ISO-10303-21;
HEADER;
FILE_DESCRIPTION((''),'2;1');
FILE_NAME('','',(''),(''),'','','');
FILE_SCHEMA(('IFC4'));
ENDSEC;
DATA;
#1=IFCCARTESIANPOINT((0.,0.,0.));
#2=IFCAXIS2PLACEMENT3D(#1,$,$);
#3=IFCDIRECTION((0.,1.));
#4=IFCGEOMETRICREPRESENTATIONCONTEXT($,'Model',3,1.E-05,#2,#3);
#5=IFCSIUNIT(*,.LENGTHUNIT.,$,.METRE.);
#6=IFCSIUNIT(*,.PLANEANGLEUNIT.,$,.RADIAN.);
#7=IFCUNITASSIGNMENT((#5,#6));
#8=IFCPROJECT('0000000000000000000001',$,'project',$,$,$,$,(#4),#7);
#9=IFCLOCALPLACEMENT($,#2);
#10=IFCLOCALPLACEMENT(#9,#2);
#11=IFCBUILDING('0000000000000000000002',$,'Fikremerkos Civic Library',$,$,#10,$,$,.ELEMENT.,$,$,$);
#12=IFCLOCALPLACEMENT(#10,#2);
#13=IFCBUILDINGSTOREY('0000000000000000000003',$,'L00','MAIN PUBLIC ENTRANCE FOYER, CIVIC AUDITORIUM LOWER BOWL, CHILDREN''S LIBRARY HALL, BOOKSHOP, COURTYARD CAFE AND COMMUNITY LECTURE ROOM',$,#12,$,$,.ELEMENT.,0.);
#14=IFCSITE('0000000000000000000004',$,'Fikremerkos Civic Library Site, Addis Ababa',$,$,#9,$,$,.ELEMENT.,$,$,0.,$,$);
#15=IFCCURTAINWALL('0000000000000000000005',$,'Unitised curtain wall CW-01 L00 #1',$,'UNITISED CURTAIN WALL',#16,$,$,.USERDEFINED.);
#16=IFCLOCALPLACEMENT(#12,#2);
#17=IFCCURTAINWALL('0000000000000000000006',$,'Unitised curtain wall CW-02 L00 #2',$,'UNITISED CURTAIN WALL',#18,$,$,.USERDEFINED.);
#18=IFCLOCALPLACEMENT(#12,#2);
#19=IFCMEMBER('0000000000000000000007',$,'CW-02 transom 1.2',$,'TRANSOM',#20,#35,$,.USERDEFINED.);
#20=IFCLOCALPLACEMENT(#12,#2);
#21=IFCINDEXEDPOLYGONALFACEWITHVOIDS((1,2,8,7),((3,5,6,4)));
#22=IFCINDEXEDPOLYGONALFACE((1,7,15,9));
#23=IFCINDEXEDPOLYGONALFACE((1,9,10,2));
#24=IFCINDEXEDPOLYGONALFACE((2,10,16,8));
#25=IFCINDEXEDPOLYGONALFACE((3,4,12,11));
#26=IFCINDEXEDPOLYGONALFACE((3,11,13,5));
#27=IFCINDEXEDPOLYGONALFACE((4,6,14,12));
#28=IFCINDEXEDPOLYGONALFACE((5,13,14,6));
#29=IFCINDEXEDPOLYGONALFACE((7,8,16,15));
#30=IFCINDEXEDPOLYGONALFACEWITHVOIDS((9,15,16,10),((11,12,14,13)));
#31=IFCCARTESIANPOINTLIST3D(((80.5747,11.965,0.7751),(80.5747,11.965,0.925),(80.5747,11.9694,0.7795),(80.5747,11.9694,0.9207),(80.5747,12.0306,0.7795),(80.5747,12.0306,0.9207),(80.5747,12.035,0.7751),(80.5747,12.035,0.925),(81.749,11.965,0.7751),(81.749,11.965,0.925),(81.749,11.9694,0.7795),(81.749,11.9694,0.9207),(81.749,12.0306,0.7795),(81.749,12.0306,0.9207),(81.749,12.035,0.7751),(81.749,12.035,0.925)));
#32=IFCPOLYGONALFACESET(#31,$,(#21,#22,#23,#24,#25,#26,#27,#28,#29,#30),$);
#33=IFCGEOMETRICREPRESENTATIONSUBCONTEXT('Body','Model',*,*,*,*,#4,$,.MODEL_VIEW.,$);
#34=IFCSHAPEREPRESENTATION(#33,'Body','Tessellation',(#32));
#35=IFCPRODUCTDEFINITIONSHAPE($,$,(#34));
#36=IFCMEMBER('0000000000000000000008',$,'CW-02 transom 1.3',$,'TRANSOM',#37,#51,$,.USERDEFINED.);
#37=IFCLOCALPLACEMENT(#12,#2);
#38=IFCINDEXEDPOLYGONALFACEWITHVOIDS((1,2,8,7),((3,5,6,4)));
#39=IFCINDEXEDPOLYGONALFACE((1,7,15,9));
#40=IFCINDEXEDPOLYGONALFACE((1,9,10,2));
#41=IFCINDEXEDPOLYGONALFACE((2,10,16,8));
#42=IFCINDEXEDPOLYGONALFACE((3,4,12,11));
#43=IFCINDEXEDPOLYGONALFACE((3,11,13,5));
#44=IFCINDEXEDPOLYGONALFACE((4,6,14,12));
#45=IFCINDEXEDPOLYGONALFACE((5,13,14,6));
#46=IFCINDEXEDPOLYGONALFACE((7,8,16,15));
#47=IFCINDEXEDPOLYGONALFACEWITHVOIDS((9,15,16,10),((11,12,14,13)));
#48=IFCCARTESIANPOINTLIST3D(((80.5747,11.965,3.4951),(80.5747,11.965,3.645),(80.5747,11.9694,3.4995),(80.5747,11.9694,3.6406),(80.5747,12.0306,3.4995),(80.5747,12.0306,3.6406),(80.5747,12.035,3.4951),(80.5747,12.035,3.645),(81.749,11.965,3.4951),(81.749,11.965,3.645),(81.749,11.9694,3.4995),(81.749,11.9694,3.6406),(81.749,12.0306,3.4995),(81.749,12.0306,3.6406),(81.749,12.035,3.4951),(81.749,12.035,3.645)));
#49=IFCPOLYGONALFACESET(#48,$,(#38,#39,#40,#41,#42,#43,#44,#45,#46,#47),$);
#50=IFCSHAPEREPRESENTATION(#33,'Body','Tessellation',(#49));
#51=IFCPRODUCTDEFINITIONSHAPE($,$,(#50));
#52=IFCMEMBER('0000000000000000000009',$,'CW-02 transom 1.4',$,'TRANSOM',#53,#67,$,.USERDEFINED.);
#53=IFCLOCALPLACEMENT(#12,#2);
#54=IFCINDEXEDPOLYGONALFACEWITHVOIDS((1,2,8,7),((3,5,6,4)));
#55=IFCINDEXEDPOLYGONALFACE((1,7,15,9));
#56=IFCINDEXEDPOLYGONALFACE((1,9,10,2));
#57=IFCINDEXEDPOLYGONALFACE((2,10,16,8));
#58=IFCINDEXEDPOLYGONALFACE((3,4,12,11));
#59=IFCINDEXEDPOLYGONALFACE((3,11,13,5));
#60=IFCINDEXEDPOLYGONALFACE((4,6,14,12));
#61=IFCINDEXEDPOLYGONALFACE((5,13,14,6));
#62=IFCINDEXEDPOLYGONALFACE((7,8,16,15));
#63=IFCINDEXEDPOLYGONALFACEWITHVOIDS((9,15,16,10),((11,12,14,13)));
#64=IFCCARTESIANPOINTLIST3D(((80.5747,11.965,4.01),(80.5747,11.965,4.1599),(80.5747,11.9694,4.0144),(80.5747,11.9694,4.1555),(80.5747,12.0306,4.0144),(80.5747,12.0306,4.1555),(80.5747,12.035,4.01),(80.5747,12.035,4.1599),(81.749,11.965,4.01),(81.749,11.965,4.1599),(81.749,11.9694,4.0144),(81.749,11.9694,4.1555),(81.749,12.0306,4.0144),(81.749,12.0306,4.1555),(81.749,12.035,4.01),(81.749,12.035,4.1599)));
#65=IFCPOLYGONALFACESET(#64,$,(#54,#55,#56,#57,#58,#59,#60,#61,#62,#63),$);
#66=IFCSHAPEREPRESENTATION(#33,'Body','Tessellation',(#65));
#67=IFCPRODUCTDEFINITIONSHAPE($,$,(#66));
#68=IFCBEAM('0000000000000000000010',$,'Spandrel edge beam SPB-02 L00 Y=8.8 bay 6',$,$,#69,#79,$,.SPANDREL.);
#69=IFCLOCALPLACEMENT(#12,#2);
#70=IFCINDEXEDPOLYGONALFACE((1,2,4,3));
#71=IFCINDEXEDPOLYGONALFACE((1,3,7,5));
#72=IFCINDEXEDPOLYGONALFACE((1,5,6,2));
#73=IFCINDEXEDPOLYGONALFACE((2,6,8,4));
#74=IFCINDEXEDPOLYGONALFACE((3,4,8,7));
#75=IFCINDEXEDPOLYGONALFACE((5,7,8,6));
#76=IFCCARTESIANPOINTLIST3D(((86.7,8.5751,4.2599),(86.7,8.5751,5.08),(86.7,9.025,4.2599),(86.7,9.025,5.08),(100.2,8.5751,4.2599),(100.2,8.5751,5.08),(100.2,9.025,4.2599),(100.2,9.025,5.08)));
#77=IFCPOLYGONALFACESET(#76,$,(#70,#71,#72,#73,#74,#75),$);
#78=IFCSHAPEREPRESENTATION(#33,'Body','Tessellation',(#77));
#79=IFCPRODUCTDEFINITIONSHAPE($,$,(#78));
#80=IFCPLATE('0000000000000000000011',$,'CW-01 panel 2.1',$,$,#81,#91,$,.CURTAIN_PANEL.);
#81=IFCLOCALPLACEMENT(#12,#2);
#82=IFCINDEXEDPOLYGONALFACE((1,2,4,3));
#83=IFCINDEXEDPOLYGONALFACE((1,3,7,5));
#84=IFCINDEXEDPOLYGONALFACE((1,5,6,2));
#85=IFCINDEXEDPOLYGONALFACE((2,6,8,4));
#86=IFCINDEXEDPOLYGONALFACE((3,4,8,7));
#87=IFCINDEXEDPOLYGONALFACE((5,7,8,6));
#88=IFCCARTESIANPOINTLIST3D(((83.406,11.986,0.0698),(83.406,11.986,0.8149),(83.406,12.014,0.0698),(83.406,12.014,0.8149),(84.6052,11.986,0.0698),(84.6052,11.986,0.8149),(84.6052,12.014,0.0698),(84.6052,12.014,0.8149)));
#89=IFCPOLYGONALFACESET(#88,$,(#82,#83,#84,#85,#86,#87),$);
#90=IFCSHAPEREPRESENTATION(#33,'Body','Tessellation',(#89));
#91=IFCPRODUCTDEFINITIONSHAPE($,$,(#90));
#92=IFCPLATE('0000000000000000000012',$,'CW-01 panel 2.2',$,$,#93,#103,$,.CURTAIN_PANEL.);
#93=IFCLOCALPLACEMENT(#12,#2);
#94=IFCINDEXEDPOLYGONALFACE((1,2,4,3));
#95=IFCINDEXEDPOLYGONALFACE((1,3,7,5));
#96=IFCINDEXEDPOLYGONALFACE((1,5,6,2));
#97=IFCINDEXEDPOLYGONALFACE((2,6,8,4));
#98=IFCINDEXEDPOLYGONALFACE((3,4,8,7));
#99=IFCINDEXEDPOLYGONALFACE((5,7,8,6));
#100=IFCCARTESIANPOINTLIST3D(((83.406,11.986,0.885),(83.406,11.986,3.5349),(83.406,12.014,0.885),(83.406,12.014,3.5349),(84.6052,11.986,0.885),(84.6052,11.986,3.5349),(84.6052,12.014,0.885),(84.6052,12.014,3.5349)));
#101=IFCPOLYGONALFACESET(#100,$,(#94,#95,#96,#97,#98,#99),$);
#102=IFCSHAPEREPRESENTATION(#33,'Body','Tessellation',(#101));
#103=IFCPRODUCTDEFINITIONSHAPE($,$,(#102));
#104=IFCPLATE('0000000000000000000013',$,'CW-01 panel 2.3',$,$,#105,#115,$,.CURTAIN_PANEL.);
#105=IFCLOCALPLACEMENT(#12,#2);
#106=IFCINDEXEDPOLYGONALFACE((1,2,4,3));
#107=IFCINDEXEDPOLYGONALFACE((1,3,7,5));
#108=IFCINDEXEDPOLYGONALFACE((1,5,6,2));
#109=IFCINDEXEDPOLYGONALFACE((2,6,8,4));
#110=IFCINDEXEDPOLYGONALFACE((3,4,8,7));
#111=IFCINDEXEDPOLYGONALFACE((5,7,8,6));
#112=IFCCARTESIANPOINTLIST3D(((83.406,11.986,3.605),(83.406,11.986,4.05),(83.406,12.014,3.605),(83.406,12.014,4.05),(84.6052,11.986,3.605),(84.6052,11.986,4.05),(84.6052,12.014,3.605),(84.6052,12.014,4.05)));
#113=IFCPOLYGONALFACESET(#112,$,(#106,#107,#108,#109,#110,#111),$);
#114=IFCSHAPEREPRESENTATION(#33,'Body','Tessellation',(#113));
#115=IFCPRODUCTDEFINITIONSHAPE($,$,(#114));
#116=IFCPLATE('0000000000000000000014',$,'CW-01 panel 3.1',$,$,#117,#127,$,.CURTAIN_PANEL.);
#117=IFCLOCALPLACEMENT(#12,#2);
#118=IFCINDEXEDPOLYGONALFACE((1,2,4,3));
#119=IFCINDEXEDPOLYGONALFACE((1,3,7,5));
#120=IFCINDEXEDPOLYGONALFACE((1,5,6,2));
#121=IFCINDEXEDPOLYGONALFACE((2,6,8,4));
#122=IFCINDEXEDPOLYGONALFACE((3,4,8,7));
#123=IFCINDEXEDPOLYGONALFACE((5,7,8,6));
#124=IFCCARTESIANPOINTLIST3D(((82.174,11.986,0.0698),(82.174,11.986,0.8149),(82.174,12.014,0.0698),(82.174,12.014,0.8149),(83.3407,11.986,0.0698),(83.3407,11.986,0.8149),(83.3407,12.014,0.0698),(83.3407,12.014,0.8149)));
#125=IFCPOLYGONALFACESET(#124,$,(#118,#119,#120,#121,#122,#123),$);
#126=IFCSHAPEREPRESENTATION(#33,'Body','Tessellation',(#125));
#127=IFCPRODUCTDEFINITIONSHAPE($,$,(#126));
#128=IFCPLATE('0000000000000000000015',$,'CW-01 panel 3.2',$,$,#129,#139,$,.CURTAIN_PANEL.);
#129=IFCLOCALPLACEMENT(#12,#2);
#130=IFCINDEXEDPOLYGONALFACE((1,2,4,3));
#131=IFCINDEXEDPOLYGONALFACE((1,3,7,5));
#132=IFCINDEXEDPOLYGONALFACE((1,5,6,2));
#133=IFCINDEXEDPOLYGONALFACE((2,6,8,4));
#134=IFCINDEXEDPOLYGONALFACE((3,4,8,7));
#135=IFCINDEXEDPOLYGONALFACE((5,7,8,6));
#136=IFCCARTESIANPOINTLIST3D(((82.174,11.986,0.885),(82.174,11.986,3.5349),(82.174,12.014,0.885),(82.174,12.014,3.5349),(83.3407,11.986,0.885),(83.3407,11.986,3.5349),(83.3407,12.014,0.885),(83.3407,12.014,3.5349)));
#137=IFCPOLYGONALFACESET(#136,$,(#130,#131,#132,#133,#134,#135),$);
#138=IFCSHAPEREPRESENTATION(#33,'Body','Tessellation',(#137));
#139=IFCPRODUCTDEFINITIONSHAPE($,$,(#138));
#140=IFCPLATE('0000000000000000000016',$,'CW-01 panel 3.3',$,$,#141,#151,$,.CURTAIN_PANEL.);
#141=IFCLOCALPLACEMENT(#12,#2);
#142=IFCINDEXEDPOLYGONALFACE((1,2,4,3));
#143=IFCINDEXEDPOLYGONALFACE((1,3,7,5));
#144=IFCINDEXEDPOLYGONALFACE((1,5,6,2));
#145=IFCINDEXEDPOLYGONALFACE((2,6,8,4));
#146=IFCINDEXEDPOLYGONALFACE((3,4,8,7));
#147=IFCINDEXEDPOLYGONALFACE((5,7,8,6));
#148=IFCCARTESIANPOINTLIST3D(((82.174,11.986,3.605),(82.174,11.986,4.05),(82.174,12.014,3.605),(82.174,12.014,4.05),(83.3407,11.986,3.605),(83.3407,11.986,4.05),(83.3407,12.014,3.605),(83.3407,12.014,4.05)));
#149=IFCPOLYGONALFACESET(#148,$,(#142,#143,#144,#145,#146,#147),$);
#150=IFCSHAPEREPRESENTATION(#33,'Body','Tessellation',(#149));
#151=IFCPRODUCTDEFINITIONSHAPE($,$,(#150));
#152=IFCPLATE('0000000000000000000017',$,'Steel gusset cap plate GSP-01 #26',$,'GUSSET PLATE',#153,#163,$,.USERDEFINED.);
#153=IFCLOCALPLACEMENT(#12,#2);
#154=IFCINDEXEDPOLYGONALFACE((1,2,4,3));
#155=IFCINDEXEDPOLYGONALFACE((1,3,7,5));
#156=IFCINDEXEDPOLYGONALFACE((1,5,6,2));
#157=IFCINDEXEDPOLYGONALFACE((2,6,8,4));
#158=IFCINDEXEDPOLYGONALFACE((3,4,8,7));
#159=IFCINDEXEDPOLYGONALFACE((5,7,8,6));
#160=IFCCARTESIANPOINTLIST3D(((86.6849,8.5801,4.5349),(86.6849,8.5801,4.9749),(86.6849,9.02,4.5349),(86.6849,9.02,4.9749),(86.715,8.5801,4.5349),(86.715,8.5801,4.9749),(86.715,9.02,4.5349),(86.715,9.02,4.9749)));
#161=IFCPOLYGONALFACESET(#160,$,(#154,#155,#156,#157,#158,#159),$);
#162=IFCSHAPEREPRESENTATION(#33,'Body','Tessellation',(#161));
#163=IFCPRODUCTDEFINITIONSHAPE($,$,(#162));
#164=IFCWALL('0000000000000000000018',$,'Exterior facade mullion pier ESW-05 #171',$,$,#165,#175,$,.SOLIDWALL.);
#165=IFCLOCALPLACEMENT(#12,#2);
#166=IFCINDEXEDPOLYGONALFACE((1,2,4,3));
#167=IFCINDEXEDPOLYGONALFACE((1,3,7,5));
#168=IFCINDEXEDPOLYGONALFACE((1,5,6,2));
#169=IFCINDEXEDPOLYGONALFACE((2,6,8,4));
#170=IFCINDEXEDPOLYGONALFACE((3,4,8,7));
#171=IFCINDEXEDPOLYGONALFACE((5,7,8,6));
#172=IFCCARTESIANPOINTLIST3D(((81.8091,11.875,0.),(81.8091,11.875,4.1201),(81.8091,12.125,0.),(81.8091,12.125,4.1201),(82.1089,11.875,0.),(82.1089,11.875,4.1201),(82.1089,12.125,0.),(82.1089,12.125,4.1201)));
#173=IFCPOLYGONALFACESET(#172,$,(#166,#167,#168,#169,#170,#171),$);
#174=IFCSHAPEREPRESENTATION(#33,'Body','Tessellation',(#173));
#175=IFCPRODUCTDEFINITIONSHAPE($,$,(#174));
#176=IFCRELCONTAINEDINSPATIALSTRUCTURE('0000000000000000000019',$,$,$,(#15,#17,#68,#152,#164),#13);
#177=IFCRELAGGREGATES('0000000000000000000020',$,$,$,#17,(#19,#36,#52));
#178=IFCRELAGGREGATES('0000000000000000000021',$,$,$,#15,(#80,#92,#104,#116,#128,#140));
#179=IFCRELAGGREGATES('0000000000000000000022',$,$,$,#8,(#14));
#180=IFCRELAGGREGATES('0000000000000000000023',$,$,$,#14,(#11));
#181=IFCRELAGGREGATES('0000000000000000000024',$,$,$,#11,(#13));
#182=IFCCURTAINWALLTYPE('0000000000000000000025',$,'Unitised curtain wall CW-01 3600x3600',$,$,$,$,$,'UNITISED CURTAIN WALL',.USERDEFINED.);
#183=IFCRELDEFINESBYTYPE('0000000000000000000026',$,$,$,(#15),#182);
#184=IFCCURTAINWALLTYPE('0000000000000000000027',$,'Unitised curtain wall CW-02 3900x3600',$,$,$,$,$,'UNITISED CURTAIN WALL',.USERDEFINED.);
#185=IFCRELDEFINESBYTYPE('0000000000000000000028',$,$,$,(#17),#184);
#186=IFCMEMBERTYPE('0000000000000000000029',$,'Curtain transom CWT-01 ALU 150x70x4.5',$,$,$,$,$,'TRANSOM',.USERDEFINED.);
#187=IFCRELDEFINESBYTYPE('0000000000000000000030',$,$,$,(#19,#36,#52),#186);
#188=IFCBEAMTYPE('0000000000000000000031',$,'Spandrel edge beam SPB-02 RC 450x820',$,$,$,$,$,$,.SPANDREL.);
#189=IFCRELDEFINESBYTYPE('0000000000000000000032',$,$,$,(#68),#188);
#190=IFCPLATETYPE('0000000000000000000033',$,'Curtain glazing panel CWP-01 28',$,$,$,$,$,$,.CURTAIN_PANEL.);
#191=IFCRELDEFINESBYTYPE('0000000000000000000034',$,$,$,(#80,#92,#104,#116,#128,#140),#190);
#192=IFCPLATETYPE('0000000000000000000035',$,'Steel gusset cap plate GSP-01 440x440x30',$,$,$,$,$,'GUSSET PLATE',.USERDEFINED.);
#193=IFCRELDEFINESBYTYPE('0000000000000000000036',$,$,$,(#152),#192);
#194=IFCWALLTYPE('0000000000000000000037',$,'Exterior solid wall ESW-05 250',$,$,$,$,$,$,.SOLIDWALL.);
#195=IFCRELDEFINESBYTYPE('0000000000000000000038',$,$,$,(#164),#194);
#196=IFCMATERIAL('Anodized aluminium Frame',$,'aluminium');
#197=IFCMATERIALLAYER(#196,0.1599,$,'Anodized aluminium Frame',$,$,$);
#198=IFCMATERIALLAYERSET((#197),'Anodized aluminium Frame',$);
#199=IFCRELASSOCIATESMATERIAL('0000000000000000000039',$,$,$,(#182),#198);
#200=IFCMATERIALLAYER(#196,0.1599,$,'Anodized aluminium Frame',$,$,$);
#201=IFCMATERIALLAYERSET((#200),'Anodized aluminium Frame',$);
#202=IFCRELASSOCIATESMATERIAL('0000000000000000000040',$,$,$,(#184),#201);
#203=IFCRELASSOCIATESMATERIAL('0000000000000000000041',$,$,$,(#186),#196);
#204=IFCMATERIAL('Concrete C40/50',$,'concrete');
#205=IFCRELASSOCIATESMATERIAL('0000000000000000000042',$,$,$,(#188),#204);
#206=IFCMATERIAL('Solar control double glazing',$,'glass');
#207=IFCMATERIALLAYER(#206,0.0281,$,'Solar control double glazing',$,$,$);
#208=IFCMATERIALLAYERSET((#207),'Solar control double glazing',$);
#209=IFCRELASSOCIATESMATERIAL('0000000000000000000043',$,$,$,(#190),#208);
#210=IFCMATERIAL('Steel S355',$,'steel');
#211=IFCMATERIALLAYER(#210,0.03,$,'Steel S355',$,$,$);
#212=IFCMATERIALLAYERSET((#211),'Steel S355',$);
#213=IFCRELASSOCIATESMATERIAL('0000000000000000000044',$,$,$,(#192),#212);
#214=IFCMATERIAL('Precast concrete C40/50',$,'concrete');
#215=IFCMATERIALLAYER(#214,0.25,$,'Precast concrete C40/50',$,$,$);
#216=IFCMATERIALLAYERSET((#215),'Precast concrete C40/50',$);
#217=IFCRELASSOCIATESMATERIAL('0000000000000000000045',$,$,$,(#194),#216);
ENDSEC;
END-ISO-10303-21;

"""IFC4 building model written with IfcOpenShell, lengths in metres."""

from ifc_helpers import new_model, si_unit, direction, frame, frame_2d, origin, origin_2d, place, context, subcontext, project, spatial, rectangle, hollow_rectangle, extrude, material, layer, layer_set, material_profile, profile_set, type_object, element, aggregate, save


model = new_model("IFC4")

# Units and contexts
model_context = context("Model", 3, precision=1e-05, world=origin(), true_north=direction((0.0, 1.0)))
body_context = subcontext(model_context, "Body", "Model", "MODEL_VIEW")
ifc_project = project(units=[si_unit("LENGTHUNIT", "METRE"), si_unit("PLANEANGLEUNIT", "RADIAN")], contexts=[model_context])

# Site, building, storey
site_placement = place(None, origin())
site = spatial("IfcSite", under=ifc_project, at=site_placement, Name="Fikremerkos Civic Library Site, Addis Ababa", CompositionType="ELEMENT", RefElevation=0.0)
building_placement = place(site_placement, origin())
building = spatial("IfcBuilding", under=site, at=building_placement, Name="Fikremerkos Civic Library", CompositionType="ELEMENT")
storey_placement = place(building_placement, origin())
storey = spatial("IfcBuildingStorey", under=building, at=storey_placement, Name="L00", Description="MAIN PUBLIC ENTRANCE FOYER, CIVIC AUDITORIUM LOWER BOWL, CHILDREN'S LIBRARY HALL, BOOKSHOP, COURTYARD CAFE AND COMMUNITY LECTURE ROOM", CompositionType="ELEMENT", Elevation=0.0)

# Curtain wall
ifc_material_1 = material(Name="Anodized aluminium Frame", Category="aluminium")
ifc_layer_1 = layer(ifc_material_1, 0.1599, Name="Anodized aluminium Frame")
ifc_layer_set_1 = layer_set([ifc_layer_1], Name="Anodized aluminium Frame")
curtain_wall_type_1 = type_object("IfcCurtainWallType", Name="Unitised curtain wall CW-01 3600x3600", ElementType="UNITISED CURTAIN WALL", PredefinedType="USERDEFINED", material=ifc_layer_set_1)
curtain_wall_1_placement = place(storey_placement, origin())
curtain_wall_1 = element("IfcCurtainWall", 1, at=curtain_wall_1_placement, inside=storey, type_object=curtain_wall_type_1, Name="Unitised curtain wall CW-01 L00 #1", ObjectType="UNITISED CURTAIN WALL", PredefinedType="USERDEFINED")

# Curtain wall
ifc_layer_2 = layer(ifc_material_1, 0.1599, Name="Anodized aluminium Frame")
ifc_layer_set_2 = layer_set([ifc_layer_2], Name="Anodized aluminium Frame")
curtain_wall_type_2 = type_object("IfcCurtainWallType", Name="Unitised curtain wall CW-02 3900x3600", ElementType="UNITISED CURTAIN WALL", PredefinedType="USERDEFINED", material=ifc_layer_set_2)
curtain_wall_2_placement = place(storey_placement, origin())
curtain_wall_2 = element("IfcCurtainWall", 2, at=curtain_wall_2_placement, inside=storey, type_object=curtain_wall_type_2, Name="Unitised curtain wall CW-02 L00 #2", ObjectType="UNITISED CURTAIN WALL", PredefinedType="USERDEFINED")

# Members
ifc_material_profile_1 = material_profile(ifc_material_1, hollow_rectangle(XDim=0.0701, YDim=0.1499, WallThickness=0.0044, at=origin_2d()), Name="ALU 150x70x4.5")
ifc_profile_set_1 = profile_set([ifc_material_profile_1], Name="Anodized aluminium Frame")
member_type_1 = type_object("IfcMemberType", Name="Curtain transom CWT-01 ALU 150x70x4.5", ElementType="TRANSOM", PredefinedType="USERDEFINED", material=ifc_profile_set_1)
member_1_placement = place(storey_placement, frame((81.749, 12.0, 0.8501), z_axis=(-1.0, 0.0, 0.0), x_axis=(0.0, -1.0, 0.0)))
member_1 = element("IfcMember", 3, at=member_1_placement, type_object=member_type_1, Name="CW-02 transom 1.2", ObjectType="TRANSOM", PredefinedType="USERDEFINED", context=body_context, shape_type="SweptSolid", body=[
    extrude(hollow_rectangle(XDim=0.0701, YDim=0.1499, WallThickness=0.0044, at=origin_2d()), origin(), (0.0, 0.0, 1.0), 1.1743),
])
member_2_placement = place(storey_placement, frame((81.749, 12.0, 3.5701), z_axis=(-1.0, 0.0, 0.0), x_axis=(0.0, -1.0, 0.0)))
member_2 = element("IfcMember", 4, at=member_2_placement, type_object=member_type_1, Name="CW-02 transom 1.3", ObjectType="TRANSOM", PredefinedType="USERDEFINED", context=body_context, shape_type="SweptSolid", body=[
    extrude(hollow_rectangle(XDim=0.0701, YDim=0.1499, WallThickness=0.0044, at=origin_2d()), origin(), (0.0, 0.0, 1.0), 1.1743),
])
member_3_placement = place(storey_placement, frame((81.749, 12.0, 4.085), z_axis=(-1.0, 0.0, 0.0), x_axis=(0.0, -1.0, 0.0)))
member_3 = element("IfcMember", 5, at=member_3_placement, type_object=member_type_1, Name="CW-02 transom 1.4", ObjectType="TRANSOM", PredefinedType="USERDEFINED", context=body_context, shape_type="SweptSolid", body=[
    extrude(hollow_rectangle(XDim=0.0701, YDim=0.1499, WallThickness=0.0044, at=origin_2d()), origin(), (0.0, 0.0, 1.0), 1.1743),
])
aggregate(curtain_wall_2, [member_1, member_2, member_3])

# Beam
ifc_material_2 = material(Name="Concrete C40/50", Category="concrete")
ifc_material_profile_2 = material_profile(ifc_material_2, rectangle(XDim=0.45, YDim=0.8201, at=origin_2d()), Name="RC 450x820")
ifc_profile_set_2 = profile_set([ifc_material_profile_2], Name="Concrete C40/50")
beam_type = type_object("IfcBeamType", Name="Spandrel edge beam SPB-02 RC 450x820", PredefinedType="SPANDREL", material=ifc_profile_set_2)
beam_placement = place(storey_placement, frame((86.7, 8.8, 4.6699), z_axis=(1.0, 0.0, 0.0), x_axis=(0.0, 1.0, 0.0)))
element("IfcBeam", 6, at=beam_placement, inside=storey, type_object=beam_type, Name="Spandrel edge beam SPB-02 L00 Y=8.8 bay 6", PredefinedType="SPANDREL", context=body_context, shape_type="SweptSolid", body=[
    extrude(rectangle(XDim=0.45, YDim=0.8201, at=origin_2d()), origin(), (0.0, 0.0, 1.0), 13.5),
])

# Plates
ifc_material_3 = material(Name="Solar control double glazing", Category="glass")
ifc_layer_3 = layer(ifc_material_3, 0.0281, Name="Solar control double glazing")
ifc_layer_set_3 = layer_set([ifc_layer_3], Name="Solar control double glazing")
plate_type_1 = type_object("IfcPlateType", Name="Curtain glazing panel CWP-01 28", PredefinedType="CURTAIN_PANEL", material=ifc_layer_set_3)
plate_1_placement = place(storey_placement, frame((84.0056, 12.0, 0.0698), z_axis=(0.0, 0.0, 1.0), x_axis=(-1.0, 0.0, 0.0)))
plate_1 = element("IfcPlate", 7, at=plate_1_placement, type_object=plate_type_1, Name="CW-01 panel 2.1", PredefinedType="CURTAIN_PANEL", context=body_context, shape_type="SweptSolid", body=[
    extrude(rectangle(XDim=1.1992, YDim=0.0281, at=origin_2d()), origin(), (0.0, 0.0, 1.0), 0.7451),
])
plate_2_placement = place(storey_placement, frame((84.0056, 12.0, 0.885), z_axis=(0.0, 0.0, 1.0), x_axis=(-1.0, 0.0, 0.0)))
plate_2 = element("IfcPlate", 8, at=plate_2_placement, type_object=plate_type_1, Name="CW-01 panel 2.2", PredefinedType="CURTAIN_PANEL", context=body_context, shape_type="SweptSolid", body=[
    extrude(rectangle(XDim=1.1992, YDim=0.0281, at=origin_2d()), origin(), (0.0, 0.0, 1.0), 2.6499),
])
plate_3_placement = place(storey_placement, frame((84.0056, 12.0, 3.605), z_axis=(0.0, 0.0, 1.0), x_axis=(-1.0, 0.0, 0.0)))
plate_3 = element("IfcPlate", 9, at=plate_3_placement, type_object=plate_type_1, Name="CW-01 panel 2.3", PredefinedType="CURTAIN_PANEL", context=body_context, shape_type="SweptSolid", body=[
    extrude(rectangle(XDim=1.1992, YDim=0.0281, at=origin_2d()), origin(), (0.0, 0.0, 1.0), 0.4451),
])
plate_4_placement = place(storey_placement, frame((82.7573, 12.0, 0.0698), z_axis=(0.0, 0.0, 1.0), x_axis=(-1.0, 0.0, 0.0)))
plate_4 = element("IfcPlate", 10, at=plate_4_placement, type_object=plate_type_1, Name="CW-01 panel 3.1", PredefinedType="CURTAIN_PANEL", context=body_context, shape_type="SweptSolid", body=[
    extrude(rectangle(XDim=1.1667, YDim=0.0281, at=origin_2d()), origin(), (0.0, 0.0, 1.0), 0.7451),
])
plate_5_placement = place(storey_placement, frame((82.7573, 12.0, 0.885), z_axis=(0.0, 0.0, 1.0), x_axis=(-1.0, 0.0, 0.0)))
plate_5 = element("IfcPlate", 11, at=plate_5_placement, type_object=plate_type_1, Name="CW-01 panel 3.2", PredefinedType="CURTAIN_PANEL", context=body_context, shape_type="SweptSolid", body=[
    extrude(rectangle(XDim=1.1667, YDim=0.0281, at=origin_2d()), origin(), (0.0, 0.0, 1.0), 2.6499),
])
plate_6_placement = place(storey_placement, frame((82.7573, 12.0, 3.605), z_axis=(0.0, 0.0, 1.0), x_axis=(-1.0, 0.0, 0.0)))
plate_6 = element("IfcPlate", 12, at=plate_6_placement, type_object=plate_type_1, Name="CW-01 panel 3.3", PredefinedType="CURTAIN_PANEL", context=body_context, shape_type="SweptSolid", body=[
    extrude(rectangle(XDim=1.1667, YDim=0.0281, at=origin_2d()), origin(), (0.0, 0.0, 1.0), 0.4451),
])
aggregate(curtain_wall_1, [plate_1, plate_2, plate_3, plate_4, plate_5, plate_6])
ifc_material_4 = material(Name="Steel S355", Category="steel")
ifc_layer_4 = layer(ifc_material_4, 0.03, Name="Steel S355")
ifc_layer_set_4 = layer_set([ifc_layer_4], Name="Steel S355")
plate_type_2 = type_object("IfcPlateType", Name="Steel gusset cap plate GSP-01 440x440x30", ElementType="GUSSET PLATE", PredefinedType="USERDEFINED", material=ifc_layer_set_4)
plate_7_placement = place(storey_placement, frame((86.7, 8.8, 4.5349), z_axis=(0.0, 0.0, 1.0), x_axis=(1.0, 0.0, 0.0)))
element("IfcPlate", 13, at=plate_7_placement, inside=storey, type_object=plate_type_2, Name="Steel gusset cap plate GSP-01 #26", ObjectType="GUSSET PLATE", PredefinedType="USERDEFINED", context=body_context, shape_type="SweptSolid", body=[
    extrude(rectangle(XDim=0.03, YDim=0.4399, at=origin_2d()), origin(), (0.0, 0.0, 1.0), 0.4399),
])

# Wall
ifc_material_5 = material(Name="Precast concrete C40/50", Category="concrete")
ifc_layer_5 = layer(ifc_material_5, 0.25, Name="Precast concrete C40/50")
ifc_layer_set_5 = layer_set([ifc_layer_5], Name="Precast concrete C40/50")
wall_type = type_object("IfcWallType", Name="Exterior solid wall ESW-05 250", PredefinedType="SOLIDWALL", material=ifc_layer_set_5)
wall_placement = place(storey_placement, frame((82.1089, 12.0, 0.0), z_axis=(0.0, 0.0, 1.0), x_axis=(-1.0, 0.0, 0.0)))
element("IfcWall", 14, at=wall_placement, inside=storey, type_object=wall_type, Name="Exterior facade mullion pier ESW-05 #171", PredefinedType="SOLIDWALL", context=body_context, shape_type="SweptSolid", body=[
    extrude(rectangle(XDim=0.2998, YDim=0.25, at=frame_2d((0.1499, 0.0))), origin(), (0.0, 0.0, 1.0), 4.1201),
])

save(model, "model.ifc")
